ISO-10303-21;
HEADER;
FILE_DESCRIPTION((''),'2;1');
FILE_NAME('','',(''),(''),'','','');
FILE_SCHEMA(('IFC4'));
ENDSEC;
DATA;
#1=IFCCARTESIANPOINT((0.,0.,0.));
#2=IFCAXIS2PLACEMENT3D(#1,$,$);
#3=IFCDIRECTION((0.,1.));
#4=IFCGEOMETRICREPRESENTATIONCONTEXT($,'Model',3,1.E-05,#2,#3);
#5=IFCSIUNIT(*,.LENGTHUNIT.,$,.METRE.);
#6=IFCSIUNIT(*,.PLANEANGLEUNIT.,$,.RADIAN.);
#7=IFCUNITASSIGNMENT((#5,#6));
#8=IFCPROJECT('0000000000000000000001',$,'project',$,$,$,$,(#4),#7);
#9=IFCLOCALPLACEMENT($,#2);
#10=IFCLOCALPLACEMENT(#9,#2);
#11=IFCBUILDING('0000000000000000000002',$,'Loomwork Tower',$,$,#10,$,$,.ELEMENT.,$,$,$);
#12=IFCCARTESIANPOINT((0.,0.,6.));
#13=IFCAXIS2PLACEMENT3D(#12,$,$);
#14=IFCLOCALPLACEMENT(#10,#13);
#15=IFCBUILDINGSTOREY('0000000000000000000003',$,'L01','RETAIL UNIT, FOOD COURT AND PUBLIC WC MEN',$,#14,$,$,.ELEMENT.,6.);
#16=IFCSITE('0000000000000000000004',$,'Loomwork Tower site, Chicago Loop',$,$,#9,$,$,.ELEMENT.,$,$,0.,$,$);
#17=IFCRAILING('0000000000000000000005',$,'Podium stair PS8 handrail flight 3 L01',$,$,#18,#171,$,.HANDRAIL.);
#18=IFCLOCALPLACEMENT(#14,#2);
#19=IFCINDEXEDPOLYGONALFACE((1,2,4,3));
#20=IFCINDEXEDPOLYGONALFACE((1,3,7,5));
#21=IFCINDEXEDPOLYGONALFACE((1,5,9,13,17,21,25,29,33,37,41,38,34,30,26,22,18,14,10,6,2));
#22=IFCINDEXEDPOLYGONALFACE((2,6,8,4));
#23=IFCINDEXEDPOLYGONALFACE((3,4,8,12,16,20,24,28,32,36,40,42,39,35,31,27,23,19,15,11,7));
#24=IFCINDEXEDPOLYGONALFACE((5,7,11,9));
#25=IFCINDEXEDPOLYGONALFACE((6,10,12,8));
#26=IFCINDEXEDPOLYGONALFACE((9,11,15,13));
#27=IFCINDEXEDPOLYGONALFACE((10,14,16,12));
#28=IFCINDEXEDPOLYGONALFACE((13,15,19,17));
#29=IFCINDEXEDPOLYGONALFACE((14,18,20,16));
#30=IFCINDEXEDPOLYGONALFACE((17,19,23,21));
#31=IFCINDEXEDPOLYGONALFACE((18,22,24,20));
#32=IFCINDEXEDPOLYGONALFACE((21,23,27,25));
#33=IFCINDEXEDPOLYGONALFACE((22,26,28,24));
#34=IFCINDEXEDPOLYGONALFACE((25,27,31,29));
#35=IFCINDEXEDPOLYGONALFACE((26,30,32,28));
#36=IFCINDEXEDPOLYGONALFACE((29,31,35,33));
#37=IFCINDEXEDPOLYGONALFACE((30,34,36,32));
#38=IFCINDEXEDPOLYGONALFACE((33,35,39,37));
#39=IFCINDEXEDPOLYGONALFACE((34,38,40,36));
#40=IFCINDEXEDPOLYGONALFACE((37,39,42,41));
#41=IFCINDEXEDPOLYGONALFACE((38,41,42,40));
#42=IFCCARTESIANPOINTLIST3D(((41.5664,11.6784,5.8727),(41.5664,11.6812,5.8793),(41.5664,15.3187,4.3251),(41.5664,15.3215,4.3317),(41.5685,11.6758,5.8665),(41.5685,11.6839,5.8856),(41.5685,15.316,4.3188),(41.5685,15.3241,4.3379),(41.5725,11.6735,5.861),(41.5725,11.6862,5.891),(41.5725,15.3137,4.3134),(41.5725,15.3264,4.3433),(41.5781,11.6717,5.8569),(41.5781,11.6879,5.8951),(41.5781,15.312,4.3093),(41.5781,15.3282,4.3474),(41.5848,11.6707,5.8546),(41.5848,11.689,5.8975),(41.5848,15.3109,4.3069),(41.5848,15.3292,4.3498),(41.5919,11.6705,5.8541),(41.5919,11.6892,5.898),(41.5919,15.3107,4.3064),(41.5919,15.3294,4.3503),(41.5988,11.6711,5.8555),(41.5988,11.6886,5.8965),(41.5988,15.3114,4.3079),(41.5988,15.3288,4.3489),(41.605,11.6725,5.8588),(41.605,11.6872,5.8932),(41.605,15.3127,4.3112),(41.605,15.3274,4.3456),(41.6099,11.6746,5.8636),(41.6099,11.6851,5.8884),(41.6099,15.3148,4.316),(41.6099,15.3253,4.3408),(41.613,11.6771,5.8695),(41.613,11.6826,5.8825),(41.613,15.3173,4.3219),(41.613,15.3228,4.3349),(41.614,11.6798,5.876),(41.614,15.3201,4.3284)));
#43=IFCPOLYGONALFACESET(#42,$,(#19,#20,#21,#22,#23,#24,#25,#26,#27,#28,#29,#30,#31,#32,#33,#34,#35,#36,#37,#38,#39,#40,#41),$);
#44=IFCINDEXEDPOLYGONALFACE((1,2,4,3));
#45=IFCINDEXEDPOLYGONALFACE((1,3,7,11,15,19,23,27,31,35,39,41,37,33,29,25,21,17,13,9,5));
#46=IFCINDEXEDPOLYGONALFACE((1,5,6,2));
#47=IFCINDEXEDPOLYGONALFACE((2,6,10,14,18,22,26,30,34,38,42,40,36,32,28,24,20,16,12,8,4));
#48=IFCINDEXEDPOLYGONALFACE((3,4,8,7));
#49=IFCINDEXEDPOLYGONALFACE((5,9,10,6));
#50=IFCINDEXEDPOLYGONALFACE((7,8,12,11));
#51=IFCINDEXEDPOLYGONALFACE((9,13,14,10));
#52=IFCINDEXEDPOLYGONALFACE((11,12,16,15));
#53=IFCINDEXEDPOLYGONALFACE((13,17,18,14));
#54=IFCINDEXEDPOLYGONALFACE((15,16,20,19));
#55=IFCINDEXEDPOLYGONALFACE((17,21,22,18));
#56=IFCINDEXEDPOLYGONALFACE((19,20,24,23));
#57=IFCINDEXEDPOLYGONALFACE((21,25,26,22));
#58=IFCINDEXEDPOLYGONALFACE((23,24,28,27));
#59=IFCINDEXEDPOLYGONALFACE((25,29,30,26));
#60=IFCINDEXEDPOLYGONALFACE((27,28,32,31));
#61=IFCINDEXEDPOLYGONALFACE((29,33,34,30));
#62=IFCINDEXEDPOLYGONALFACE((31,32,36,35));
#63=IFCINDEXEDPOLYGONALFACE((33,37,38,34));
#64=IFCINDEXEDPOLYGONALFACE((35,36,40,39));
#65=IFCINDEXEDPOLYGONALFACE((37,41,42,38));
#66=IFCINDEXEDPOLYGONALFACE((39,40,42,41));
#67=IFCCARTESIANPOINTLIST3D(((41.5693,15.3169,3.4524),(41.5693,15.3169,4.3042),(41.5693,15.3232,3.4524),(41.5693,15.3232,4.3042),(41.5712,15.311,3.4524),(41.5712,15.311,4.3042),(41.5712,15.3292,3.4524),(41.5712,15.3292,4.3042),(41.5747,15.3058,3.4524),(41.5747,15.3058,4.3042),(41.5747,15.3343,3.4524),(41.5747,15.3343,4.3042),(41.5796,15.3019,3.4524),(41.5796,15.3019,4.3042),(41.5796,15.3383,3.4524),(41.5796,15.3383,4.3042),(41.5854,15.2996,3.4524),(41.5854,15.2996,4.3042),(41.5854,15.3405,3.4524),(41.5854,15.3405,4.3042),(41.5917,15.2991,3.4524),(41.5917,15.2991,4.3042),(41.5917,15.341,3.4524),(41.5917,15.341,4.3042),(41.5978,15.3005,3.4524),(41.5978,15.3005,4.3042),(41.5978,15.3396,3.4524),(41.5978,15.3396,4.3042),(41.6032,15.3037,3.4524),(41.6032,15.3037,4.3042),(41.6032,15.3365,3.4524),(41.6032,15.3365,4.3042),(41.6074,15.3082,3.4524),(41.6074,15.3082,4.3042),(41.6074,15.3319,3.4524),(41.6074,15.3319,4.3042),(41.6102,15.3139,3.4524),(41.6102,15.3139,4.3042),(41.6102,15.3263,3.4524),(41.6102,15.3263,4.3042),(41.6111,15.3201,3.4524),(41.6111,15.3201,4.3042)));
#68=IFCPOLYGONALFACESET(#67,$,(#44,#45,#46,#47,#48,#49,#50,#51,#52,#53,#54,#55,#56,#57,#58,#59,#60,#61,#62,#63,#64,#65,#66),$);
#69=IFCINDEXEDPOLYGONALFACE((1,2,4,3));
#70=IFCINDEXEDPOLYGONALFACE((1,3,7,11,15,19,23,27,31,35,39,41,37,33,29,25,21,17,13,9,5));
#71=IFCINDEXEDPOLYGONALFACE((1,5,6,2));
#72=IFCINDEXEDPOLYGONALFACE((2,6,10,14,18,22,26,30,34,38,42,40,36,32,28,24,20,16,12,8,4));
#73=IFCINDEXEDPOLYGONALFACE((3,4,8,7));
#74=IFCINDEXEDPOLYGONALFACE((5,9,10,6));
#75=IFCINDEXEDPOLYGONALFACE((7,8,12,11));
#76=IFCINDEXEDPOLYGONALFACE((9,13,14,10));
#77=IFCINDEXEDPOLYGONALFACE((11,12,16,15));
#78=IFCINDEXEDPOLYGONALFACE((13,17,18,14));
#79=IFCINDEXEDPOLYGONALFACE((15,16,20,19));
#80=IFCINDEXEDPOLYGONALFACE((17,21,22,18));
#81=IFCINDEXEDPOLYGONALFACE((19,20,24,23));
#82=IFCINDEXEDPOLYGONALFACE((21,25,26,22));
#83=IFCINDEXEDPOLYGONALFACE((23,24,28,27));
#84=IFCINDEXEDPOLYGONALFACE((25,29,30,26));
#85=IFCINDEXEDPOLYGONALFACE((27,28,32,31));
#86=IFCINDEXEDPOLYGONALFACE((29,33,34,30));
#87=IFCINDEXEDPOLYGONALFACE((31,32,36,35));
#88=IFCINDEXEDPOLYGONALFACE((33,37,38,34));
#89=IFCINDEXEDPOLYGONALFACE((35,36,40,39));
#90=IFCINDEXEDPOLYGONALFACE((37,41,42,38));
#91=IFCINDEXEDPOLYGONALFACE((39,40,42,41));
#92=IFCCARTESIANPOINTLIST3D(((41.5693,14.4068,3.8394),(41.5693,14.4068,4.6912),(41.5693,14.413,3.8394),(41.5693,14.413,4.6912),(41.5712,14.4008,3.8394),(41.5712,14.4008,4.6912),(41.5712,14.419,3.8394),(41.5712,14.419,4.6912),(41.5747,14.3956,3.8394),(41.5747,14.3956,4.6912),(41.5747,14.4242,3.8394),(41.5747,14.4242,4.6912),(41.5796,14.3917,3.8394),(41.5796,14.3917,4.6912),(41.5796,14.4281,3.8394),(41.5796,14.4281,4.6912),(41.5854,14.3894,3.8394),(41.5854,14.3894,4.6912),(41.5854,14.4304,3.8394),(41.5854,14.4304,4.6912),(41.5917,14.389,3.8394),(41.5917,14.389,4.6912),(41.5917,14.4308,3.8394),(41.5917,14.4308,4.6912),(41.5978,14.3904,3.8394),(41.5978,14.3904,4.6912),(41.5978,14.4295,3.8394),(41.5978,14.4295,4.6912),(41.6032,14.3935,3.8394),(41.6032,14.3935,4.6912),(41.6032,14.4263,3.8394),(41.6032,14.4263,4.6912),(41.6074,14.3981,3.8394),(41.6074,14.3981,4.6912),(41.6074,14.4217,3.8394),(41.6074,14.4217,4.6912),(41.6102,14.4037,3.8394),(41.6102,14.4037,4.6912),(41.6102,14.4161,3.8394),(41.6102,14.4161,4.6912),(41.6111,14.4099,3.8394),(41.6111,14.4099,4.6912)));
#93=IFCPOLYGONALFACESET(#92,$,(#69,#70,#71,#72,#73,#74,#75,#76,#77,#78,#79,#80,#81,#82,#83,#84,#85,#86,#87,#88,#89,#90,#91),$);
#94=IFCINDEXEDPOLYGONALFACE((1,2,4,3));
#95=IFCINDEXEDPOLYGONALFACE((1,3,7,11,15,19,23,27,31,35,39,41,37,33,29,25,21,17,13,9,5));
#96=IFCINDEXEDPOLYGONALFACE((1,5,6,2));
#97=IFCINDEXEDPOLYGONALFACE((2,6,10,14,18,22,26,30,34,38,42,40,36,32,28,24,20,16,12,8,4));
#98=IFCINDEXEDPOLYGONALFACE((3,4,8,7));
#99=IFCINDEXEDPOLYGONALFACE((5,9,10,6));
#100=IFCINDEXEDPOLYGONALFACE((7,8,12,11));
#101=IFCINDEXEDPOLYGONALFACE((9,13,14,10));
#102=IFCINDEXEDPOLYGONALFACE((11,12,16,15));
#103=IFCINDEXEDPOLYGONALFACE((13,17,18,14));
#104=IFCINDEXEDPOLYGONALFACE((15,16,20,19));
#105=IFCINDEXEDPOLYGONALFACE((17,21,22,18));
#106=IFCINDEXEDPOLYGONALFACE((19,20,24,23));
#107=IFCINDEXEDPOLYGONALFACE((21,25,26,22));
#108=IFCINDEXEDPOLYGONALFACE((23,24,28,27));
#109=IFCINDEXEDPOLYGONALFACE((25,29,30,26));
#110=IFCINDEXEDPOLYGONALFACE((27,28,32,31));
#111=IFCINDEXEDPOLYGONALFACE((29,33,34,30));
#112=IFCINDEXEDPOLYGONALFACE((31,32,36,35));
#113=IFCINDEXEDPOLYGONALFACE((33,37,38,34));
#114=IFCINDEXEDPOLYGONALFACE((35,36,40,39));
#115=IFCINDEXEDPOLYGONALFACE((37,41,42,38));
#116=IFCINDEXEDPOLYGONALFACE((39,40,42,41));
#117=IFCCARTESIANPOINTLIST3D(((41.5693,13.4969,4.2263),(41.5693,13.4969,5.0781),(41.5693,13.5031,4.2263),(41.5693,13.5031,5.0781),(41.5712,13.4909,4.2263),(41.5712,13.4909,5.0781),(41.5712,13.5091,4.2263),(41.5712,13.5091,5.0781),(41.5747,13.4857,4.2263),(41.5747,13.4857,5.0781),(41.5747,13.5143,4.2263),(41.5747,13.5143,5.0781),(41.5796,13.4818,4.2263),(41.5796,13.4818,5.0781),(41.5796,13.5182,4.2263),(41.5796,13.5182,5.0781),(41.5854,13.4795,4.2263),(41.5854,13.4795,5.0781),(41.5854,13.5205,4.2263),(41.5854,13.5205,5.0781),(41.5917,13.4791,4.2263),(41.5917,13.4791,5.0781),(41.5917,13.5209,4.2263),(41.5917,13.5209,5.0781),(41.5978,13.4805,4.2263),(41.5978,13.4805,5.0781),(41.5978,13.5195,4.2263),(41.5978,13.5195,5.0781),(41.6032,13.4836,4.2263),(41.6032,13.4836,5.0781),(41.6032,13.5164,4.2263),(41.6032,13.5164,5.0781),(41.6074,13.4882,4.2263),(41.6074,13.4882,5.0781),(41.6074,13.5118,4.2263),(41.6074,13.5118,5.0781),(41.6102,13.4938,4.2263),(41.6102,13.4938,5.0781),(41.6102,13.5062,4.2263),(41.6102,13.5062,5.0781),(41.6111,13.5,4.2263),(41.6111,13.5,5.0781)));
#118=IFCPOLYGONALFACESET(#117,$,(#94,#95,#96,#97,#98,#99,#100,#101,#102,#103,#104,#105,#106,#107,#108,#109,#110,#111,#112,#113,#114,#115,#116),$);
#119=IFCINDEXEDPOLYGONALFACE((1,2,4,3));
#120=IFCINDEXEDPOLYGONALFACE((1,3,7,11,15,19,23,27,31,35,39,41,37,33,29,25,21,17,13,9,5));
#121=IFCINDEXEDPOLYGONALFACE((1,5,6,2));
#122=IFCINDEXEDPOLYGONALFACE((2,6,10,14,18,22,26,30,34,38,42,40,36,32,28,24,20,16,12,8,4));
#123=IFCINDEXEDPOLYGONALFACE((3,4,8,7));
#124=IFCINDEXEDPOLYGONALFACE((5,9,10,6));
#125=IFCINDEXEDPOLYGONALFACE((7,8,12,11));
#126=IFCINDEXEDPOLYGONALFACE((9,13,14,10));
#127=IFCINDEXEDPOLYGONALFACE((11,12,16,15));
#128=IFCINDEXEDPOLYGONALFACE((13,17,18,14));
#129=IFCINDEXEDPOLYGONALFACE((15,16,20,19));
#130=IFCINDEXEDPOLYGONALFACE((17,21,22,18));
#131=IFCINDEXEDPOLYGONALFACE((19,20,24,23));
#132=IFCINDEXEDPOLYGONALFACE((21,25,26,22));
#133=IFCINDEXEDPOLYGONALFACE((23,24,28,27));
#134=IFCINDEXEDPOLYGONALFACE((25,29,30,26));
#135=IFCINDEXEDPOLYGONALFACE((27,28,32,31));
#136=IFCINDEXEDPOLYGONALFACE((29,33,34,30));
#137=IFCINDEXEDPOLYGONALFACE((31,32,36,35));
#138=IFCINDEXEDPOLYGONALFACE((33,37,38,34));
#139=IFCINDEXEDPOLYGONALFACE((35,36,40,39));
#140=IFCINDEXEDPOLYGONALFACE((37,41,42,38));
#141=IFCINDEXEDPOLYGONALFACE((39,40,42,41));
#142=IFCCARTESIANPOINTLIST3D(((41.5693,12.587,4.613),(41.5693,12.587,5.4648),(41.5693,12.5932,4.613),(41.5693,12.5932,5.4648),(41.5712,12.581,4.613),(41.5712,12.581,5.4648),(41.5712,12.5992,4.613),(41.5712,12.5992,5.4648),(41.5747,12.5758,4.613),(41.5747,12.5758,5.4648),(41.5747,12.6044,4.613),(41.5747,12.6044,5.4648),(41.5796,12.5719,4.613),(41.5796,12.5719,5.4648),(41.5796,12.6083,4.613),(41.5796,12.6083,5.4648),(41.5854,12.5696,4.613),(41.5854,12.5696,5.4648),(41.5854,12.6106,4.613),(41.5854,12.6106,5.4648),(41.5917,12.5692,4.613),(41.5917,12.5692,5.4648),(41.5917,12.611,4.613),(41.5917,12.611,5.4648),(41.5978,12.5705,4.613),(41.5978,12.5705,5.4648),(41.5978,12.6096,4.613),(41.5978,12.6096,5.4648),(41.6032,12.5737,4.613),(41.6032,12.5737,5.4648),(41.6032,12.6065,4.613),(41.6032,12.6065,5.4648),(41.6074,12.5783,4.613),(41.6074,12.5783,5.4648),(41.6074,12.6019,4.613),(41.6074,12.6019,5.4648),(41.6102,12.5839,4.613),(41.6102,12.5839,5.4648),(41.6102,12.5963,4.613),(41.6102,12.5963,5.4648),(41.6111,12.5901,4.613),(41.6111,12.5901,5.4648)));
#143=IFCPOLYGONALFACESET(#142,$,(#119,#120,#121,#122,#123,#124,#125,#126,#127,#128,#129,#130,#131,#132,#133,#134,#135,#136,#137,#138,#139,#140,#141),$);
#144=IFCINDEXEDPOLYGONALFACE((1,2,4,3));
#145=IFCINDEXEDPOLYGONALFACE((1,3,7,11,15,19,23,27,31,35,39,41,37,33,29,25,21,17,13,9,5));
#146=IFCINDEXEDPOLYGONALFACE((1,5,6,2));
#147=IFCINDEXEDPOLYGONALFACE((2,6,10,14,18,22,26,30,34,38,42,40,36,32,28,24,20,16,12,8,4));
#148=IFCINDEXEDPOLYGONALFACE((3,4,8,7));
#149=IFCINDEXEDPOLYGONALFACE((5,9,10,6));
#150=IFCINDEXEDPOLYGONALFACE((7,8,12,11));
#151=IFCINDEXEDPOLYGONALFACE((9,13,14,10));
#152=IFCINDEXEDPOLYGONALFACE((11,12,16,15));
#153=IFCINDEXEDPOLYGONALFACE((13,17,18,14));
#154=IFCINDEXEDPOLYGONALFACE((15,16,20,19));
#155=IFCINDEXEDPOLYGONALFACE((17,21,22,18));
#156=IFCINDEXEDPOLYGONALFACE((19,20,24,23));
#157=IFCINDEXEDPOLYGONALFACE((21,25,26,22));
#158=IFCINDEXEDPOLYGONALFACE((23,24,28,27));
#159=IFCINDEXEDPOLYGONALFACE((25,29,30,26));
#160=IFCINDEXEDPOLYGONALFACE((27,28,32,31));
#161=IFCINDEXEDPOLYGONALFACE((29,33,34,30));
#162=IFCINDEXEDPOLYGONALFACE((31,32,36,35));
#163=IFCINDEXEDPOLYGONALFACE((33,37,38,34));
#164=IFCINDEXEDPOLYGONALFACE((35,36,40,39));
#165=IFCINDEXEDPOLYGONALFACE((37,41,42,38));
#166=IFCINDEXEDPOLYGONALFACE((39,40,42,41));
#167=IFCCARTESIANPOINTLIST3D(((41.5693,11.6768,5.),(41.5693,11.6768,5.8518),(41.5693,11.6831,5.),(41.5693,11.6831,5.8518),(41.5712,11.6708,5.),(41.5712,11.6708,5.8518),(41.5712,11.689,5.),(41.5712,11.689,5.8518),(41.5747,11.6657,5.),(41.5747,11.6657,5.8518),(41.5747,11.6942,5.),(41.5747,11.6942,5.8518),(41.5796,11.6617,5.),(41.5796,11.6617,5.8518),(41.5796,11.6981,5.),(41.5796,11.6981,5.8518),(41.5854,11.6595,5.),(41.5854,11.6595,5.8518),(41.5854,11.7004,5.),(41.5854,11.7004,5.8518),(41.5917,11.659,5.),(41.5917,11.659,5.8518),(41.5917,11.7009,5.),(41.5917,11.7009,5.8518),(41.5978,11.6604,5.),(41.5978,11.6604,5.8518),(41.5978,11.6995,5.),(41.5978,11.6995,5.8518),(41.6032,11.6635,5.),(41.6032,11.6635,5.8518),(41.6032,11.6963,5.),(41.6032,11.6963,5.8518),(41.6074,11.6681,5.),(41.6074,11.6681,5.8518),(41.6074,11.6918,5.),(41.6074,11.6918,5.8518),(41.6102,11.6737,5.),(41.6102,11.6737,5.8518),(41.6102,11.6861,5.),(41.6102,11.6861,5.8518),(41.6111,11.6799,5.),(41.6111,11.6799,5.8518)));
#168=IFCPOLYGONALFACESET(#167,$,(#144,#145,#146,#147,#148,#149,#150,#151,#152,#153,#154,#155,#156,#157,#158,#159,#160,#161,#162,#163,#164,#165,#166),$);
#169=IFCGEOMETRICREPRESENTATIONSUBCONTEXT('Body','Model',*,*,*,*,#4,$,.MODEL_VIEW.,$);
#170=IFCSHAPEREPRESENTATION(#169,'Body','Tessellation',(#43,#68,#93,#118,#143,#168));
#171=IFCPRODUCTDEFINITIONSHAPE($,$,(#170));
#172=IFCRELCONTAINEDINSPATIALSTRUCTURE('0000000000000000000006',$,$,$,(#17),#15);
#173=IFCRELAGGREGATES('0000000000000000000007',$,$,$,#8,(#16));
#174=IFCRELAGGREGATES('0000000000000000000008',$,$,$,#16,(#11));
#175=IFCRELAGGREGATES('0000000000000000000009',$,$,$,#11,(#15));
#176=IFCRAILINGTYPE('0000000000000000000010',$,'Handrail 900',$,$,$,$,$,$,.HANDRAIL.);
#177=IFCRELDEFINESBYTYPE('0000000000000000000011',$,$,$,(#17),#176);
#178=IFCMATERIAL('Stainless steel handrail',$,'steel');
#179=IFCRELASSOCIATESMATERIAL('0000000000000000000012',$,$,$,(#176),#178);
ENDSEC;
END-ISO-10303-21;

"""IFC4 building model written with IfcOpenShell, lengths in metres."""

from ifc_helpers import new_model, si_unit, direction, frame, origin, origin_2d, place, context, subcontext, project, spatial, circle, extrude, material, type_object, element, save


model = new_model("IFC4")

# Units and contexts
model_context = context("Model", 3, precision=1e-05, world=origin(), true_north=direction((0.0, 1.0)))
body_context = subcontext(model_context, "Body", "Model", "MODEL_VIEW")
ifc_project = project(units=[si_unit("LENGTHUNIT", "METRE"), si_unit("PLANEANGLEUNIT", "RADIAN")], contexts=[model_context])

# Site, building, storey
site_placement = place(None, origin())
site = spatial("IfcSite", under=ifc_project, at=site_placement, Name="Loomwork Tower site, Chicago Loop", CompositionType="ELEMENT", RefElevation=0.0)
building_placement = place(site_placement, origin())
building = spatial("IfcBuilding", under=site, at=building_placement, Name="Loomwork Tower", CompositionType="ELEMENT")
storey_placement = place(building_placement, frame((0.0, 0.0, 6.0)))
storey = spatial("IfcBuildingStorey", under=building, at=storey_placement, Name="L01", Description="RETAIL UNIT, FOOD COURT AND PUBLIC WC MEN", CompositionType="ELEMENT", Elevation=6.0)

# Railing
ifc_material_1 = material(Name="Stainless steel handrail", Category="steel")
railing_type = type_object("IfcRailingType", Name="Handrail 900", PredefinedType="HANDRAIL", material=ifc_material_1)
railing_1_placement = place(storey_placement, frame((41.5901, 15.3201, 3.4524)))
element("IfcRailing", 1, at=railing_1_placement, inside=storey, type_object=railing_type, Name="Podium stair PS8 handrail flight 3 L01", PredefinedType="HANDRAIL", context=body_context, shape_type="SweptSolid", body=[
    extrude(circle(Radius=0.0239, at=origin_2d()), frame((0.0, 0.0, 0.876), z_axis=(0.0, -0.920281, 0.391258), x_axis=(1.0, 0.0, 0.0)), (0.0, 0.0, 1.0), 3.9556),
    extrude(circle(Radius=0.021, at=origin_2d()), origin(), (0.0, 0.0, 1.0), 0.8518),
    extrude(circle(Radius=0.021, at=origin_2d()), frame((0.0, -0.9102, 0.387)), (0.0, 0.0, 1.0), 0.8518),
    extrude(circle(Radius=0.021, at=origin_2d()), frame((0.0, -1.8201, 0.7739)), (0.0, 0.0, 1.0), 0.8518),
    extrude(circle(Radius=0.021, at=origin_2d()), frame((0.0, -2.73, 1.1606)), (0.0, 0.0, 1.0), 0.8518),
    extrude(circle(Radius=0.021, at=origin_2d()), frame((0.0, -3.6401, 1.5476)), (0.0, 0.0, 1.0), 0.8518),
])

save(model, "model.ifc")
